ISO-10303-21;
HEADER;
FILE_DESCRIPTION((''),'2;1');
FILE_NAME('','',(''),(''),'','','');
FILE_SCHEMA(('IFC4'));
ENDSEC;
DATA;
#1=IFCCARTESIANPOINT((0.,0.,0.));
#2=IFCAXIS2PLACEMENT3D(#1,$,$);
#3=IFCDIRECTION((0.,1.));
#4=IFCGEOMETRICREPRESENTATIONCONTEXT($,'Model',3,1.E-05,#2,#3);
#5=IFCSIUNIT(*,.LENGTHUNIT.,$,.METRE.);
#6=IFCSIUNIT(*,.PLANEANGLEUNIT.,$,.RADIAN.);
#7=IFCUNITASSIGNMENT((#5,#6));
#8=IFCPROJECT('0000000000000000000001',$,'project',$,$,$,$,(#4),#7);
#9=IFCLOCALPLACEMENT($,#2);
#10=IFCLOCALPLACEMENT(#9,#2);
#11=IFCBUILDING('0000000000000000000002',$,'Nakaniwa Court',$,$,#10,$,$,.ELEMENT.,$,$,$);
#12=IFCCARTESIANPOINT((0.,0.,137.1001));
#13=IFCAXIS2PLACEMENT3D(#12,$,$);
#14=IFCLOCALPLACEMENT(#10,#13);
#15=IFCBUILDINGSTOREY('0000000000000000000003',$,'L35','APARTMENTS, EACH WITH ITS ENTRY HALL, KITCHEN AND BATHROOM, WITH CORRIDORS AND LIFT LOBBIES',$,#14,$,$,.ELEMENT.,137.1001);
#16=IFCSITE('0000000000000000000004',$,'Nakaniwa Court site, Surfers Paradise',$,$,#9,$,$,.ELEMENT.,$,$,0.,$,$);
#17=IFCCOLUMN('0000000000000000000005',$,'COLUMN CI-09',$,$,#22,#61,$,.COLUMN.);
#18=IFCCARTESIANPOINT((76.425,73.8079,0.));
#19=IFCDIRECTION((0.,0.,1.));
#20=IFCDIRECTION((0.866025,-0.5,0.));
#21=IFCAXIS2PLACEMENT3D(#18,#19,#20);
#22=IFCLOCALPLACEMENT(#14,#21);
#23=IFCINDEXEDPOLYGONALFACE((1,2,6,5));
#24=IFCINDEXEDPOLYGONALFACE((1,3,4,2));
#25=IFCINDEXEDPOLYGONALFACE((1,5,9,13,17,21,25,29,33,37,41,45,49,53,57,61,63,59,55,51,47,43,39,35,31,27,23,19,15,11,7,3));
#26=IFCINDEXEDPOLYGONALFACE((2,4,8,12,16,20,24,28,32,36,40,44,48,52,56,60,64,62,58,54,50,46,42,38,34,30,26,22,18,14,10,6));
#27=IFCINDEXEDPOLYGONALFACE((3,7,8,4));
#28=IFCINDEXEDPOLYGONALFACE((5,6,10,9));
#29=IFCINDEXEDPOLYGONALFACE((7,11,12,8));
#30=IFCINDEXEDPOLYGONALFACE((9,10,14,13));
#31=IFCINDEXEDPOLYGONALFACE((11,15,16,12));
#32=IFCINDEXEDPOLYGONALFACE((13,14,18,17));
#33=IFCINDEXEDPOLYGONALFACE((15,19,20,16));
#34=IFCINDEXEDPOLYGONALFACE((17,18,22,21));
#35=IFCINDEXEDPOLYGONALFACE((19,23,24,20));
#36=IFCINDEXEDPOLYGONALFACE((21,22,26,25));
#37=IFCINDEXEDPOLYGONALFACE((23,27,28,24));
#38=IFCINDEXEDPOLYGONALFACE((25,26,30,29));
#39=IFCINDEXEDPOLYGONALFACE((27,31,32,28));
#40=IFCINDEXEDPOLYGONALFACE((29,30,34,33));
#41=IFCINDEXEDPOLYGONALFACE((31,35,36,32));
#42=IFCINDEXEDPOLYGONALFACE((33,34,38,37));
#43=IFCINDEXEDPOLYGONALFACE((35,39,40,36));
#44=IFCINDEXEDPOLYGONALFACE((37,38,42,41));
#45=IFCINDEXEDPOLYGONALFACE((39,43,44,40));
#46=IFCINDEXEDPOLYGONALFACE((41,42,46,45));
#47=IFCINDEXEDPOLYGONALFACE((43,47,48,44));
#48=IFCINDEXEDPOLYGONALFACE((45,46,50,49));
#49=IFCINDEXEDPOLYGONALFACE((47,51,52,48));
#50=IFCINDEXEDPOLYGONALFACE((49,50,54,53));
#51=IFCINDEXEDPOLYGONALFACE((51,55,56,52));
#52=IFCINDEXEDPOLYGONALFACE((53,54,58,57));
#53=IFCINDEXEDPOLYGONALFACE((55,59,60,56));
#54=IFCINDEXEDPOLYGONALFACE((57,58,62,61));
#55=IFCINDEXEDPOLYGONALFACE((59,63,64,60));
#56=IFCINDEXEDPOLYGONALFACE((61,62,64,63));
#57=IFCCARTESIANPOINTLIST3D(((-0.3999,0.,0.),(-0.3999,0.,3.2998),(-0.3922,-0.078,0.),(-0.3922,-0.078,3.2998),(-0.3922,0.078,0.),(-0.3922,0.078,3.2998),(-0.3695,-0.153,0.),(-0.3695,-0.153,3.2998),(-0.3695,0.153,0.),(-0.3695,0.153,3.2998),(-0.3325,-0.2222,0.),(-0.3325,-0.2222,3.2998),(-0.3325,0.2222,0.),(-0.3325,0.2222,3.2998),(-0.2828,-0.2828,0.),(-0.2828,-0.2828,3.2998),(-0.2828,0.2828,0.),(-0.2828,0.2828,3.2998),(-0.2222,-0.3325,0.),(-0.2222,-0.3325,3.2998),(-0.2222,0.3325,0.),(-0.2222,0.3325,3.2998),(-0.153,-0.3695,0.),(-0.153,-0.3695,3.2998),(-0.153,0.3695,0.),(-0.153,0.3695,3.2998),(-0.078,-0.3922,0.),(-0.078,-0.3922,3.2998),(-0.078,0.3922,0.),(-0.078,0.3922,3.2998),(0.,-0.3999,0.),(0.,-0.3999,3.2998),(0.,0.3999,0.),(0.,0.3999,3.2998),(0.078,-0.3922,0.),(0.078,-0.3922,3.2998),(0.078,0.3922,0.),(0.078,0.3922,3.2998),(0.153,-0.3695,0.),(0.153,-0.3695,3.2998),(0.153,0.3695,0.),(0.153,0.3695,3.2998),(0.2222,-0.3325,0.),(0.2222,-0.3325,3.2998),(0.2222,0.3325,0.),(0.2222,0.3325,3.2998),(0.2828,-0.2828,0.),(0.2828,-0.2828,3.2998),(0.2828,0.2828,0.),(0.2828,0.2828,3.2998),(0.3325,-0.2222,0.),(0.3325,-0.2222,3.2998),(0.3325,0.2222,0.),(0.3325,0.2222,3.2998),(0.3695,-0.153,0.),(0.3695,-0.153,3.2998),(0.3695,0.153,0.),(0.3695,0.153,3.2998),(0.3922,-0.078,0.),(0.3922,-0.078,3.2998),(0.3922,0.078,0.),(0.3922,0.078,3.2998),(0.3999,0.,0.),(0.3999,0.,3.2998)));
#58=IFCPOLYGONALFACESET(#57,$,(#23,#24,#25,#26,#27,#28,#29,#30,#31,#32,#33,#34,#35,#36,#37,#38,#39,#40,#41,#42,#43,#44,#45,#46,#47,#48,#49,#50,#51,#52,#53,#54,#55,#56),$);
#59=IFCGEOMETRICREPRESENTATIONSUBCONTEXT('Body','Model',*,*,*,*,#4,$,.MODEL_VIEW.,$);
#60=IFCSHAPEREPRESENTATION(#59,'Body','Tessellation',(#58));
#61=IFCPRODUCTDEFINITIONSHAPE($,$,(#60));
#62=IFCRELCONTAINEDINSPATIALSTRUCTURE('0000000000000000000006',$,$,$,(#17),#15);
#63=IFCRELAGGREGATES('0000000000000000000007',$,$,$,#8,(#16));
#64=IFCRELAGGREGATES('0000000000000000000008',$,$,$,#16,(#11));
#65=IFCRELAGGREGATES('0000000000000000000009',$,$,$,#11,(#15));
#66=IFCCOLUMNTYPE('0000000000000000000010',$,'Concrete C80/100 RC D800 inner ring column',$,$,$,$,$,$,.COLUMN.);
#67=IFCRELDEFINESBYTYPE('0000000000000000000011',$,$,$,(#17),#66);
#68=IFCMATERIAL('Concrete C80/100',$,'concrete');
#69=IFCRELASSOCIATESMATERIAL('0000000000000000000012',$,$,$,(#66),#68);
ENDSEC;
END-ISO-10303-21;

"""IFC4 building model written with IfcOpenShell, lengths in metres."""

from ifc_helpers import new_model, si_unit, direction, frame, origin, origin_2d, place, context, subcontext, project, spatial, circle, extrude, material, material_profile, profile_set, type_object, element, save


model = new_model("IFC4")

# Units and contexts
model_context = context("Model", 3, precision=1e-05, world=origin(), true_north=direction((0.0, 1.0)))
body_context = subcontext(model_context, "Body", "Model", "MODEL_VIEW")
ifc_project = project(units=[si_unit("LENGTHUNIT", "METRE"), si_unit("PLANEANGLEUNIT", "RADIAN")], contexts=[model_context])

# Site, building, storey
site_placement = place(None, origin())
site = spatial("IfcSite", under=ifc_project, at=site_placement, Name="Nakaniwa Court site, Surfers Paradise", CompositionType="ELEMENT", RefElevation=0.0)
building_placement = place(site_placement, origin())
building = spatial("IfcBuilding", under=site, at=building_placement, Name="Nakaniwa Court", CompositionType="ELEMENT")
storey_placement = place(building_placement, frame((0.0, 0.0, 137.1001)))
storey = spatial("IfcBuildingStorey", under=building, at=storey_placement, Name="L35", Description="APARTMENTS, EACH WITH ITS ENTRY HALL, KITCHEN AND BATHROOM, WITH CORRIDORS AND LIFT LOBBIES", CompositionType="ELEMENT", Elevation=137.1001)

# Column
ifc_material_1 = material(Name="Concrete C80/100", Category="concrete")
ifc_material_profile = material_profile(ifc_material_1, circle(Radius=0.3999, at=origin_2d()), Name="Concrete C80/100 RC D800 inner ring column")
ifc_profile_set = profile_set([ifc_material_profile], Name="Concrete C80/100")
column_type = type_object("IfcColumnType", Name="Concrete C80/100 RC D800 inner ring column", PredefinedType="COLUMN", material=ifc_profile_set)
column_placement = place(storey_placement, frame((76.425, 73.8079, 0.0), z_axis=(0.0, 0.0, 1.0), x_axis=(0.866025, -0.5, 0.0)))
element("IfcColumn", 1, at=column_placement, inside=storey, type_object=column_type, Name="COLUMN CI-09", PredefinedType="COLUMN", context=body_context, shape_type="SweptSolid", body=[
    extrude(circle(Radius=0.3999, at=origin_2d()), origin(), (0.0, 0.0, 1.0), 3.2998),
])

save(model, "model.ifc")
